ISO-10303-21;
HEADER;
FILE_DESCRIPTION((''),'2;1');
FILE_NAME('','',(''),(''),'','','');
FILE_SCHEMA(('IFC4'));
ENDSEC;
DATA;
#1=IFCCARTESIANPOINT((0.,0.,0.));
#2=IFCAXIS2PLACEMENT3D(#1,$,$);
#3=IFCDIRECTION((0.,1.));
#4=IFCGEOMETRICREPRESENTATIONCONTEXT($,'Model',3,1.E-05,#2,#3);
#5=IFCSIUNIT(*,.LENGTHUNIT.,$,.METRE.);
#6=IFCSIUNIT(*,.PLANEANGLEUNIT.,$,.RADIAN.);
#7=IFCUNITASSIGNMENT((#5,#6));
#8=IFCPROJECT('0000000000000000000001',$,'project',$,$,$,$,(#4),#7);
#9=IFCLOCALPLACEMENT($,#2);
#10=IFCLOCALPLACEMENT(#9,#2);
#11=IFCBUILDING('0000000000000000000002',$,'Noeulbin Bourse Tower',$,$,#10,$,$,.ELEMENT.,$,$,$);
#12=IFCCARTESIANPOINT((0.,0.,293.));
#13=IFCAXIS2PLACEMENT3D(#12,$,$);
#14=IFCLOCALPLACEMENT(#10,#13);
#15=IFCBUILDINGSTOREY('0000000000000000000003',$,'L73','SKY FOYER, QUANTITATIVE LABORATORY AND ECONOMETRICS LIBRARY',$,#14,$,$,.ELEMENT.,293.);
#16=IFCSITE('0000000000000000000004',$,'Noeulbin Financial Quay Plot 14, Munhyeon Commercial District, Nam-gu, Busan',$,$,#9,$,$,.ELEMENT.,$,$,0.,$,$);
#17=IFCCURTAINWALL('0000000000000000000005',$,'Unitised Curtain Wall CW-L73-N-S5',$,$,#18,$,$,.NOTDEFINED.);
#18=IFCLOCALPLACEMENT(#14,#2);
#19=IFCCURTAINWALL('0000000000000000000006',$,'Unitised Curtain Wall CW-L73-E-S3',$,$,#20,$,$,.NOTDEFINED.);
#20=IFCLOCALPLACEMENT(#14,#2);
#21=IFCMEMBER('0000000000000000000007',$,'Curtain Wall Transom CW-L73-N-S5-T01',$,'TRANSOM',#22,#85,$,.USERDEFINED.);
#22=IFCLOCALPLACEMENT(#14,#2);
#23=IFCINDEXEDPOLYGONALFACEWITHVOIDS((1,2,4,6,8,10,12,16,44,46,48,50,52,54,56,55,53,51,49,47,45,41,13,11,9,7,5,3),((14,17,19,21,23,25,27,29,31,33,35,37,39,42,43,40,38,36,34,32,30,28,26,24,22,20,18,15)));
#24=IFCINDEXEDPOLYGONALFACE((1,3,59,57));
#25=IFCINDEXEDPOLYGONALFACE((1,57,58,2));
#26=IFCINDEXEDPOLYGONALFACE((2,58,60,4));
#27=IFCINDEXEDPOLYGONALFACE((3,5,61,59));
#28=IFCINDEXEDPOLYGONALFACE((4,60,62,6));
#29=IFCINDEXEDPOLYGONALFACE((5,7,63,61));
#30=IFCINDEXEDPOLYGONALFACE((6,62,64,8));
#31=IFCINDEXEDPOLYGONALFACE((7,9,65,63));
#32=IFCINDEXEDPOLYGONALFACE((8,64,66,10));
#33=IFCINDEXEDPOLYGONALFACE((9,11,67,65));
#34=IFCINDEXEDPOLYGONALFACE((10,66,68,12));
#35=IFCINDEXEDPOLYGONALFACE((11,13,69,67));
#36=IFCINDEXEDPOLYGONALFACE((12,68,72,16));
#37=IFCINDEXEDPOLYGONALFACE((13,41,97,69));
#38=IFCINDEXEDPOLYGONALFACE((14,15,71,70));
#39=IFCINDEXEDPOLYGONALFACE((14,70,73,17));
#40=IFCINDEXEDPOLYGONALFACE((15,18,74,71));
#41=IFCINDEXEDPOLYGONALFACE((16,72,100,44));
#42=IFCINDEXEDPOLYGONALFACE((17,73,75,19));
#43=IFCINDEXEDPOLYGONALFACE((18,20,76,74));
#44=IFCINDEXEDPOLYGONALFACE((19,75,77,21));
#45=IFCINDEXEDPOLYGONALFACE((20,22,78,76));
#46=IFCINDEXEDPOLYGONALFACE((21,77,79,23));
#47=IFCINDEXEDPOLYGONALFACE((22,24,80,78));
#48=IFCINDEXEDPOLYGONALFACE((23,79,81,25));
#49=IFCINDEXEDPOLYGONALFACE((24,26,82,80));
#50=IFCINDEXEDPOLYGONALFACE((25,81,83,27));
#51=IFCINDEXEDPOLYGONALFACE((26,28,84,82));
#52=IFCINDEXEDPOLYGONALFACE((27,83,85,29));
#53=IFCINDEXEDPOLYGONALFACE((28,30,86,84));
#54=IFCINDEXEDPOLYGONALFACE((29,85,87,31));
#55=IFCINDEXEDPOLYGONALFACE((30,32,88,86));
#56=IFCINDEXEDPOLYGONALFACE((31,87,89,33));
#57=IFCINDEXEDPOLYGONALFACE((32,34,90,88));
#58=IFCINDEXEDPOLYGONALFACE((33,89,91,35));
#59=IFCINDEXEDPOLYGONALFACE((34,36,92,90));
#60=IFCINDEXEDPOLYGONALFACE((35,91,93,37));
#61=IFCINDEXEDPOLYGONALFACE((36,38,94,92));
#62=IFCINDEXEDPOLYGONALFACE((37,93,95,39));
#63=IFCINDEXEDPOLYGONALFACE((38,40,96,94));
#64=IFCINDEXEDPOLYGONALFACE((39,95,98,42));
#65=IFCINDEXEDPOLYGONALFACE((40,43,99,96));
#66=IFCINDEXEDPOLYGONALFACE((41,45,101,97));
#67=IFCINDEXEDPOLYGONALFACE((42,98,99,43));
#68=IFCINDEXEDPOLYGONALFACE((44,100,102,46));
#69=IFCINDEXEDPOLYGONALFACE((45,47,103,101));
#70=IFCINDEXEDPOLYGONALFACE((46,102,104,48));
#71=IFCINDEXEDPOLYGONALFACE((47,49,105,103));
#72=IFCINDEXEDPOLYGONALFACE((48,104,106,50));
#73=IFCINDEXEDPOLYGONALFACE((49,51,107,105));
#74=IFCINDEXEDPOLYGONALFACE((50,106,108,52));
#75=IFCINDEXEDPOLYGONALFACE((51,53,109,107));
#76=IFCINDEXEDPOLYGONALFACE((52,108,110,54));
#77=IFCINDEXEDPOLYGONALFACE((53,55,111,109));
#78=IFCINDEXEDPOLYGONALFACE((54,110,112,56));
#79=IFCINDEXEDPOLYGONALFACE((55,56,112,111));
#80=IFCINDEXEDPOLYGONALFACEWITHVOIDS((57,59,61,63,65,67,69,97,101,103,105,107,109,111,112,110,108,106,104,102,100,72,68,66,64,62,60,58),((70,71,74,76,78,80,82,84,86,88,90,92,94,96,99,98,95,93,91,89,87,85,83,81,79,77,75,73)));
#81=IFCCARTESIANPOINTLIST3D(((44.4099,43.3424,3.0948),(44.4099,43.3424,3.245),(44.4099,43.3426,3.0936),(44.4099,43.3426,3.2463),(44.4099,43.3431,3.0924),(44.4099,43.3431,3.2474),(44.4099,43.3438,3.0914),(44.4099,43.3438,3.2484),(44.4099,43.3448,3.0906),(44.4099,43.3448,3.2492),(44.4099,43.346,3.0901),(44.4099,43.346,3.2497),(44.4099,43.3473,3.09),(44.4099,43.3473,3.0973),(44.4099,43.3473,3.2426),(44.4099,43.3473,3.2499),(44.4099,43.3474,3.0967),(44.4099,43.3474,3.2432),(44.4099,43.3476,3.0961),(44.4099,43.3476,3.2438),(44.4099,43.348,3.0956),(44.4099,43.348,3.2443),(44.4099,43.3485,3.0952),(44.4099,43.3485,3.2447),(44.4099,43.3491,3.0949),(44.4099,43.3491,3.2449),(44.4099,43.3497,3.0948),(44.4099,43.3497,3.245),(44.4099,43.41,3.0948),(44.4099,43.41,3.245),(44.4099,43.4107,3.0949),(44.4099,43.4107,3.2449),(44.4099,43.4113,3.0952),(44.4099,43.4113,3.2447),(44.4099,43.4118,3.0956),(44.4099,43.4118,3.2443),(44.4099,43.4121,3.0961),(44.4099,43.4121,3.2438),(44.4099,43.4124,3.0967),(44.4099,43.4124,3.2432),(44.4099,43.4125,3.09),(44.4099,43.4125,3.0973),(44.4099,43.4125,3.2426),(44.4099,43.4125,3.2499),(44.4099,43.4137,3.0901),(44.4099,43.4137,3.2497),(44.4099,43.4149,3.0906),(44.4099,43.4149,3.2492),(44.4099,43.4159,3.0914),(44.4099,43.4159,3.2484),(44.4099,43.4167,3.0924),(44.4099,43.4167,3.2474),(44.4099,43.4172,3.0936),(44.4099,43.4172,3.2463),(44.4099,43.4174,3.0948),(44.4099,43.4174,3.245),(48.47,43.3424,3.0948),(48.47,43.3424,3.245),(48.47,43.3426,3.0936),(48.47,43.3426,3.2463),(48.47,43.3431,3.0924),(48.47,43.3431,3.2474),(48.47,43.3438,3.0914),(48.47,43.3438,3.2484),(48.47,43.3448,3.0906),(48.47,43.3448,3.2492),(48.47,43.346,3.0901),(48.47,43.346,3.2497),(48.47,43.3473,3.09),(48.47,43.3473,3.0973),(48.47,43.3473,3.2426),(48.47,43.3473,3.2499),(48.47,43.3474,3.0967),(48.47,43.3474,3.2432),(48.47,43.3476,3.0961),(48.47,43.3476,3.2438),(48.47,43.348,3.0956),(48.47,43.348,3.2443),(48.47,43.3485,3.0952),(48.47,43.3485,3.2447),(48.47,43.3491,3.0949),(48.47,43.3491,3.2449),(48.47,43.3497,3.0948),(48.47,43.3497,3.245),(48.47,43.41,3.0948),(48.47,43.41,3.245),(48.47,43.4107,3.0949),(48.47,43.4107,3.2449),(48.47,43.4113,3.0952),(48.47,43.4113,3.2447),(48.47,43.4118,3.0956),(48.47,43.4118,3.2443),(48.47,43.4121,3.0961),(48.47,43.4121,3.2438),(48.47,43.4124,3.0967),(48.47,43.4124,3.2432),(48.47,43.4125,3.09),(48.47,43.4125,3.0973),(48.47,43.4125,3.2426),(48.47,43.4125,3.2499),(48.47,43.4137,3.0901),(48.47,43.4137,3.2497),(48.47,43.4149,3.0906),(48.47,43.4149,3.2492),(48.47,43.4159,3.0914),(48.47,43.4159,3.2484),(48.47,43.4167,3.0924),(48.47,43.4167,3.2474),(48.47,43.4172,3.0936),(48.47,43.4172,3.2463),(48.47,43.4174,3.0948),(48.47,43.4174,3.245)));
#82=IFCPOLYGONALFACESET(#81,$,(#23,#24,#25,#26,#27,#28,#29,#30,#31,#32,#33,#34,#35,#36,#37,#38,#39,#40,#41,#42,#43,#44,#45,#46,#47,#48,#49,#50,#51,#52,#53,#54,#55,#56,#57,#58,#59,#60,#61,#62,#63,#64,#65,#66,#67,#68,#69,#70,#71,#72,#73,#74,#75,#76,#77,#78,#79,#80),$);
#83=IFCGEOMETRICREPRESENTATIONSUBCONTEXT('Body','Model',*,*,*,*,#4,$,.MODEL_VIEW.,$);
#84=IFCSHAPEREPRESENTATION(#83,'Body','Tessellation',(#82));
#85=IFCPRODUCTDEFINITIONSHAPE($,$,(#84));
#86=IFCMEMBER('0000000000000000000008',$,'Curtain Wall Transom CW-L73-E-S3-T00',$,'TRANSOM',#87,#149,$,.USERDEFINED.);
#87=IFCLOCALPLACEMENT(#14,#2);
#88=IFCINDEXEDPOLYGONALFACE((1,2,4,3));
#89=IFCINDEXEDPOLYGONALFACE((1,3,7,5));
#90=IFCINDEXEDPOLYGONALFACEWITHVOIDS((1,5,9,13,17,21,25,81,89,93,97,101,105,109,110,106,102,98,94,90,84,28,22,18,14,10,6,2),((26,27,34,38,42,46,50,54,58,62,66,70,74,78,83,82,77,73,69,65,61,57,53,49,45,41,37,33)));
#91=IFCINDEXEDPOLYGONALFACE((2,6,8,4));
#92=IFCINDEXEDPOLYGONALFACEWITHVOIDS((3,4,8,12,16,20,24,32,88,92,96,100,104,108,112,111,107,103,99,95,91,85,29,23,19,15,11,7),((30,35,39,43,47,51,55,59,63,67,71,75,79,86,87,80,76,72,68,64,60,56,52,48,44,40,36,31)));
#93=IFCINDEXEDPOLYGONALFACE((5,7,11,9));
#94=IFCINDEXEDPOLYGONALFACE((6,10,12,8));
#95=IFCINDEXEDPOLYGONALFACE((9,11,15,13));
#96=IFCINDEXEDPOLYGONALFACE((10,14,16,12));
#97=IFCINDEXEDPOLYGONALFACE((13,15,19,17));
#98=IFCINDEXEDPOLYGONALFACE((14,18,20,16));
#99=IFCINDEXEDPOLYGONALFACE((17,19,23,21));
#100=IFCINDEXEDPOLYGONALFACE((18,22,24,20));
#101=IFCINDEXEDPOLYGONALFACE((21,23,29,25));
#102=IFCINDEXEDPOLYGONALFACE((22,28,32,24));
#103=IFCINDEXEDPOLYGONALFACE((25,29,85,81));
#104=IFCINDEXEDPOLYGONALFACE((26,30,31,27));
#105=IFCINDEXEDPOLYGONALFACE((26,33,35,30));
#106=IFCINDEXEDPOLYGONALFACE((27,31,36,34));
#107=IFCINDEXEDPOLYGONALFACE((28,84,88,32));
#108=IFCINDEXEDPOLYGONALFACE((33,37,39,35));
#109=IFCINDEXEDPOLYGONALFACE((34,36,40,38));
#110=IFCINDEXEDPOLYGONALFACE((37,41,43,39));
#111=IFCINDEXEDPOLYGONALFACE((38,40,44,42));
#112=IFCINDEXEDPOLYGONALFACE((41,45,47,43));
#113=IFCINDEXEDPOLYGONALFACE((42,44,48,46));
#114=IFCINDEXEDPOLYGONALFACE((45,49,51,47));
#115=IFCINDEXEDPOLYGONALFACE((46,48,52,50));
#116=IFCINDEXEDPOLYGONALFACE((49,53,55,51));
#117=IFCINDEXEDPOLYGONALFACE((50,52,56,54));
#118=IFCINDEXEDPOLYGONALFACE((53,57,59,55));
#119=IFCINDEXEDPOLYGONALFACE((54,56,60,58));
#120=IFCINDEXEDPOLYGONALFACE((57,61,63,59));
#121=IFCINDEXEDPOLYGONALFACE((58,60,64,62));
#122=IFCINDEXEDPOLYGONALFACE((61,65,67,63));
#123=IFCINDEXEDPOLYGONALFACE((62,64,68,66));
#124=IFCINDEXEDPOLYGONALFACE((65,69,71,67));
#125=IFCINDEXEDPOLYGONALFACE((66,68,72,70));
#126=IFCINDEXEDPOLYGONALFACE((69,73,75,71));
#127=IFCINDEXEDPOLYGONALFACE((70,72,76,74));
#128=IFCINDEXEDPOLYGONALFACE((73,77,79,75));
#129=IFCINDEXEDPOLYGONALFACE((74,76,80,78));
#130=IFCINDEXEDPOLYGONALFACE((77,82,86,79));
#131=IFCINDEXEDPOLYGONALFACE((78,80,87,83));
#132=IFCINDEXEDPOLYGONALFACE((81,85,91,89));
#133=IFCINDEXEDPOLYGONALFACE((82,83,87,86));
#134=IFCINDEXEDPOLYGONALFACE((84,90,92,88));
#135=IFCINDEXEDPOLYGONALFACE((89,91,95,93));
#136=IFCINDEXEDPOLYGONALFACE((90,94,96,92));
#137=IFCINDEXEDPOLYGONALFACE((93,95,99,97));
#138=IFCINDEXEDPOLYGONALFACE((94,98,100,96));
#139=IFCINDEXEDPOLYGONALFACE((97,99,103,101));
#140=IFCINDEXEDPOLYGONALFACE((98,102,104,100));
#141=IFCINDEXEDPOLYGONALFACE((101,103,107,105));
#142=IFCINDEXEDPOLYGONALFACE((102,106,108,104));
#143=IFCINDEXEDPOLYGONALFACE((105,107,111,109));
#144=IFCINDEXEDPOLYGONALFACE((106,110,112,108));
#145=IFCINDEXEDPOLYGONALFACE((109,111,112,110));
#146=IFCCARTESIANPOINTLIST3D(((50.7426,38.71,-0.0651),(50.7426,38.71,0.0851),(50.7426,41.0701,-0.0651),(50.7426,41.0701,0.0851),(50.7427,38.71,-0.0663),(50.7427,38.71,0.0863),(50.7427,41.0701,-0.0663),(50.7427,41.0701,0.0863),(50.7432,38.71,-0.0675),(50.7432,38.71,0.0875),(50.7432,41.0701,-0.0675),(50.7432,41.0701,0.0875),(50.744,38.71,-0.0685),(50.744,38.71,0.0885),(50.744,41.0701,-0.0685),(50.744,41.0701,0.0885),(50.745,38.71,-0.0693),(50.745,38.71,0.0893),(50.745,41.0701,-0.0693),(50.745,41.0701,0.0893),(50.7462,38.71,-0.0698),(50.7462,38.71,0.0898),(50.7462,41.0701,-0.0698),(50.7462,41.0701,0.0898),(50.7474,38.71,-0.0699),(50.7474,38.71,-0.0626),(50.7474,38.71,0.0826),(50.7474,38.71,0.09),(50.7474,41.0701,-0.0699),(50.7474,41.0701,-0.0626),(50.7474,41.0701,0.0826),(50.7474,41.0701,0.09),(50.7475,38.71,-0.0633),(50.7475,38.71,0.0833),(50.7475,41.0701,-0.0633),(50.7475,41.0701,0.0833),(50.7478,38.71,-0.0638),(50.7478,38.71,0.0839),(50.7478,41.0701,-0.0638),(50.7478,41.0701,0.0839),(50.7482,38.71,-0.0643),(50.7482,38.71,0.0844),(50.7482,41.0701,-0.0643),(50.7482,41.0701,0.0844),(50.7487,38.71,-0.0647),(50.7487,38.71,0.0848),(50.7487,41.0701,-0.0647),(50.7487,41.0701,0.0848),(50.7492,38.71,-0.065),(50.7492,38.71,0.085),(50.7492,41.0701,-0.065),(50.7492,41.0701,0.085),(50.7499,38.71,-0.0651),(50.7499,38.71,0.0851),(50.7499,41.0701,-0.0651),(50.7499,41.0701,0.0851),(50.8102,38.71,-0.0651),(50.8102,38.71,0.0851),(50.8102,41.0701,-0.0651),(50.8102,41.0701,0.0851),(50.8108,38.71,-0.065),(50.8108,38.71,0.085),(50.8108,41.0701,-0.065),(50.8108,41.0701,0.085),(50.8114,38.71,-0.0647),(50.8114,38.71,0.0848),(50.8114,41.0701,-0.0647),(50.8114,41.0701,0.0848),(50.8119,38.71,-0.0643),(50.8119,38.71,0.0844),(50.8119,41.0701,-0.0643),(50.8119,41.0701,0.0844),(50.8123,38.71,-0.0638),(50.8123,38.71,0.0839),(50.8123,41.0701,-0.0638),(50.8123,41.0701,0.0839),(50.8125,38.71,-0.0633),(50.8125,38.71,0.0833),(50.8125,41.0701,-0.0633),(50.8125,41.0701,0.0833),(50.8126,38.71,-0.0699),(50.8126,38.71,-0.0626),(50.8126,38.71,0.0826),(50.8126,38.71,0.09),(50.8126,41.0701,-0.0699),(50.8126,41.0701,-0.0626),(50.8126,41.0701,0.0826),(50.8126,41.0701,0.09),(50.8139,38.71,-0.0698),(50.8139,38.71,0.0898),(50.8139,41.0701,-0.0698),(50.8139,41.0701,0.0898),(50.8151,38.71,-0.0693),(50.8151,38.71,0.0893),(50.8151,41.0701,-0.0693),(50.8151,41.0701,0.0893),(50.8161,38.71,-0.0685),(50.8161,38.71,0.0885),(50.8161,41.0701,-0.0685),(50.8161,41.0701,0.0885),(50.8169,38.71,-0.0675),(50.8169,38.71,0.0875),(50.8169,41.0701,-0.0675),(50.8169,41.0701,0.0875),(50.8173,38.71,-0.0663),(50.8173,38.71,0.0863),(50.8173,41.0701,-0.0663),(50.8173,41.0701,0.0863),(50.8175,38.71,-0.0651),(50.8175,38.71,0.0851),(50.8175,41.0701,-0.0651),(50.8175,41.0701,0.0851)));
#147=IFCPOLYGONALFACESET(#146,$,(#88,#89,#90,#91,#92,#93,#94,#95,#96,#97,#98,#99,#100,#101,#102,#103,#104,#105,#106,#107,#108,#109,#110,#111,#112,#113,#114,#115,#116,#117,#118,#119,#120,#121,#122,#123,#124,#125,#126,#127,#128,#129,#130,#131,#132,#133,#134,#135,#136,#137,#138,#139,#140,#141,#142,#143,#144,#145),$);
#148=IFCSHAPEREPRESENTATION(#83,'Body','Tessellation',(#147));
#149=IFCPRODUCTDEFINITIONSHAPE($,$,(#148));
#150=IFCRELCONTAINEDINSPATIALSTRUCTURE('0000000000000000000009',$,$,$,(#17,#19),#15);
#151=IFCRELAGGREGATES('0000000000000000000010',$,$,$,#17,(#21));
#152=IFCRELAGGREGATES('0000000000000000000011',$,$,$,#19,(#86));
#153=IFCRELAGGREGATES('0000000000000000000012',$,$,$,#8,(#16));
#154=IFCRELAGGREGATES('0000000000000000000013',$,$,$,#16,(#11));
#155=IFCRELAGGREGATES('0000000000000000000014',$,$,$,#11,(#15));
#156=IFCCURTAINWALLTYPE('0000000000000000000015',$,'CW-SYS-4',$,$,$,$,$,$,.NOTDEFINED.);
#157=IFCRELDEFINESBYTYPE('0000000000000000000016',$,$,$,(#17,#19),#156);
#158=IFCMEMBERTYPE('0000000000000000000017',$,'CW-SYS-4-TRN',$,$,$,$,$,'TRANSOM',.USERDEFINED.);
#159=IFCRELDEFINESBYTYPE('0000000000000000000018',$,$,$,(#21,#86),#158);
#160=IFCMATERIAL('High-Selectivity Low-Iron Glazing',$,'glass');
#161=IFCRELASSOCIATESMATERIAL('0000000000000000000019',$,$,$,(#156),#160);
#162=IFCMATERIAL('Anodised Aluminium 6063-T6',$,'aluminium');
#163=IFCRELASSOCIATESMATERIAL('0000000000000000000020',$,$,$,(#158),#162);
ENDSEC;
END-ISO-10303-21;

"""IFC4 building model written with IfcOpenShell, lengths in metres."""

from ifc_helpers import new_model, si_unit, direction, frame, origin, origin_2d, place, context, subcontext, project, spatial, hollow_rectangle, extrude, material, material_profile, profile_set, type_object, element, aggregate, save


model = new_model("IFC4")

# Units and contexts
model_context = context("Model", 3, precision=1e-05, world=origin(), true_north=direction((0.0, 1.0)))
body_context = subcontext(model_context, "Body", "Model", "MODEL_VIEW")
ifc_project = project(units=[si_unit("LENGTHUNIT", "METRE"), si_unit("PLANEANGLEUNIT", "RADIAN")], contexts=[model_context])

# Site, building, storey
site_placement = place(None, origin())
site = spatial("IfcSite", under=ifc_project, at=site_placement, Name="Noeulbin Financial Quay Plot 14, Munhyeon Commercial District, Nam-gu, Busan", CompositionType="ELEMENT", RefElevation=0.0)
building_placement = place(site_placement, origin())
building = spatial("IfcBuilding", under=site, at=building_placement, Name="Noeulbin Bourse Tower", CompositionType="ELEMENT")
storey_placement = place(building_placement, frame((0.0, 0.0, 293.0)))
storey = spatial("IfcBuildingStorey", under=building, at=storey_placement, Name="L73", Description="SKY FOYER, QUANTITATIVE LABORATORY AND ECONOMETRICS LIBRARY", CompositionType="ELEMENT", Elevation=293.0)

# Shared definitions
ifc_material_1 = material(Name="High-Selectivity Low-Iron Glazing", Category="glass")
curtain_wall_type = type_object("IfcCurtainWallType", Name="CW-SYS-4", PredefinedType="NOTDEFINED", material=ifc_material_1)
ifc_material_2 = material(Name="Anodised Aluminium 6063-T6", Category="aluminium")

# Curtain walls
curtain_wall_1_placement = place(storey_placement, origin())
curtain_wall_1 = element("IfcCurtainWall", 1, at=curtain_wall_1_placement, inside=storey, type_object=curtain_wall_type, Name="Unitised Curtain Wall CW-L73-N-S5", PredefinedType="NOTDEFINED")
curtain_wall_2_placement = place(storey_placement, origin())
curtain_wall_2 = element("IfcCurtainWall", 2, at=curtain_wall_2_placement, inside=storey, type_object=curtain_wall_type, Name="Unitised Curtain Wall CW-L73-E-S3", PredefinedType="NOTDEFINED")

# Members
ifc_material_profile_1 = material_profile(ifc_material_2, hollow_rectangle(XDim=0.075, YDim=0.1599, WallThickness=0.0049, InnerFilletRadius=0.0024, OuterFilletRadius=0.0049, at=origin_2d()), Name="ALU-TRAN-75x160x5", Category="LoadBearing")
ifc_profile_set_1 = profile_set([ifc_material_profile_1], Name="Anodised Aluminium 6063-T6")
member_type_1 = type_object("IfcMemberType", Name="CW-SYS-4-TRN", ElementType="TRANSOM", PredefinedType="USERDEFINED", material=ifc_profile_set_1)
member_1_placement = place(storey_placement, frame((44.4099, 43.3799, 3.1699), z_axis=(1.0, 0.0, 0.0), x_axis=(0.0, 1.0, 0.0)))
member_1 = element("IfcMember", 3, at=member_1_placement, type_object=member_type_1, Name="Curtain Wall Transom CW-L73-N-S5-T01", ObjectType="TRANSOM", PredefinedType="USERDEFINED", context=body_context, shape_type="SweptSolid", body=[
    extrude(hollow_rectangle(XDim=0.075, YDim=0.1599, WallThickness=0.0049, InnerFilletRadius=0.0024, OuterFilletRadius=0.0049, at=origin_2d()), origin(), (0.0, 0.0, 1.0), 4.0601),
])
member_2_placement = place(storey_placement, frame((50.78, 38.71, 0.01), z_axis=(0.0, 1.0, 0.0), x_axis=(-1.0, 0.0, 0.0)))
member_2 = element("IfcMember", 4, at=member_2_placement, type_object=member_type_1, Name="Curtain Wall Transom CW-L73-E-S3-T00", ObjectType="TRANSOM", PredefinedType="USERDEFINED", context=body_context, shape_type="SweptSolid", body=[
    extrude(hollow_rectangle(XDim=0.075, YDim=0.1599, WallThickness=0.0049, InnerFilletRadius=0.0024, OuterFilletRadius=0.0049, at=origin_2d()), origin(), (0.0, 0.0, 1.0), 2.3601),
])

aggregate(curtain_wall_1, [member_1])
aggregate(curtain_wall_2, [member_2])

save(model, "model.ifc")
